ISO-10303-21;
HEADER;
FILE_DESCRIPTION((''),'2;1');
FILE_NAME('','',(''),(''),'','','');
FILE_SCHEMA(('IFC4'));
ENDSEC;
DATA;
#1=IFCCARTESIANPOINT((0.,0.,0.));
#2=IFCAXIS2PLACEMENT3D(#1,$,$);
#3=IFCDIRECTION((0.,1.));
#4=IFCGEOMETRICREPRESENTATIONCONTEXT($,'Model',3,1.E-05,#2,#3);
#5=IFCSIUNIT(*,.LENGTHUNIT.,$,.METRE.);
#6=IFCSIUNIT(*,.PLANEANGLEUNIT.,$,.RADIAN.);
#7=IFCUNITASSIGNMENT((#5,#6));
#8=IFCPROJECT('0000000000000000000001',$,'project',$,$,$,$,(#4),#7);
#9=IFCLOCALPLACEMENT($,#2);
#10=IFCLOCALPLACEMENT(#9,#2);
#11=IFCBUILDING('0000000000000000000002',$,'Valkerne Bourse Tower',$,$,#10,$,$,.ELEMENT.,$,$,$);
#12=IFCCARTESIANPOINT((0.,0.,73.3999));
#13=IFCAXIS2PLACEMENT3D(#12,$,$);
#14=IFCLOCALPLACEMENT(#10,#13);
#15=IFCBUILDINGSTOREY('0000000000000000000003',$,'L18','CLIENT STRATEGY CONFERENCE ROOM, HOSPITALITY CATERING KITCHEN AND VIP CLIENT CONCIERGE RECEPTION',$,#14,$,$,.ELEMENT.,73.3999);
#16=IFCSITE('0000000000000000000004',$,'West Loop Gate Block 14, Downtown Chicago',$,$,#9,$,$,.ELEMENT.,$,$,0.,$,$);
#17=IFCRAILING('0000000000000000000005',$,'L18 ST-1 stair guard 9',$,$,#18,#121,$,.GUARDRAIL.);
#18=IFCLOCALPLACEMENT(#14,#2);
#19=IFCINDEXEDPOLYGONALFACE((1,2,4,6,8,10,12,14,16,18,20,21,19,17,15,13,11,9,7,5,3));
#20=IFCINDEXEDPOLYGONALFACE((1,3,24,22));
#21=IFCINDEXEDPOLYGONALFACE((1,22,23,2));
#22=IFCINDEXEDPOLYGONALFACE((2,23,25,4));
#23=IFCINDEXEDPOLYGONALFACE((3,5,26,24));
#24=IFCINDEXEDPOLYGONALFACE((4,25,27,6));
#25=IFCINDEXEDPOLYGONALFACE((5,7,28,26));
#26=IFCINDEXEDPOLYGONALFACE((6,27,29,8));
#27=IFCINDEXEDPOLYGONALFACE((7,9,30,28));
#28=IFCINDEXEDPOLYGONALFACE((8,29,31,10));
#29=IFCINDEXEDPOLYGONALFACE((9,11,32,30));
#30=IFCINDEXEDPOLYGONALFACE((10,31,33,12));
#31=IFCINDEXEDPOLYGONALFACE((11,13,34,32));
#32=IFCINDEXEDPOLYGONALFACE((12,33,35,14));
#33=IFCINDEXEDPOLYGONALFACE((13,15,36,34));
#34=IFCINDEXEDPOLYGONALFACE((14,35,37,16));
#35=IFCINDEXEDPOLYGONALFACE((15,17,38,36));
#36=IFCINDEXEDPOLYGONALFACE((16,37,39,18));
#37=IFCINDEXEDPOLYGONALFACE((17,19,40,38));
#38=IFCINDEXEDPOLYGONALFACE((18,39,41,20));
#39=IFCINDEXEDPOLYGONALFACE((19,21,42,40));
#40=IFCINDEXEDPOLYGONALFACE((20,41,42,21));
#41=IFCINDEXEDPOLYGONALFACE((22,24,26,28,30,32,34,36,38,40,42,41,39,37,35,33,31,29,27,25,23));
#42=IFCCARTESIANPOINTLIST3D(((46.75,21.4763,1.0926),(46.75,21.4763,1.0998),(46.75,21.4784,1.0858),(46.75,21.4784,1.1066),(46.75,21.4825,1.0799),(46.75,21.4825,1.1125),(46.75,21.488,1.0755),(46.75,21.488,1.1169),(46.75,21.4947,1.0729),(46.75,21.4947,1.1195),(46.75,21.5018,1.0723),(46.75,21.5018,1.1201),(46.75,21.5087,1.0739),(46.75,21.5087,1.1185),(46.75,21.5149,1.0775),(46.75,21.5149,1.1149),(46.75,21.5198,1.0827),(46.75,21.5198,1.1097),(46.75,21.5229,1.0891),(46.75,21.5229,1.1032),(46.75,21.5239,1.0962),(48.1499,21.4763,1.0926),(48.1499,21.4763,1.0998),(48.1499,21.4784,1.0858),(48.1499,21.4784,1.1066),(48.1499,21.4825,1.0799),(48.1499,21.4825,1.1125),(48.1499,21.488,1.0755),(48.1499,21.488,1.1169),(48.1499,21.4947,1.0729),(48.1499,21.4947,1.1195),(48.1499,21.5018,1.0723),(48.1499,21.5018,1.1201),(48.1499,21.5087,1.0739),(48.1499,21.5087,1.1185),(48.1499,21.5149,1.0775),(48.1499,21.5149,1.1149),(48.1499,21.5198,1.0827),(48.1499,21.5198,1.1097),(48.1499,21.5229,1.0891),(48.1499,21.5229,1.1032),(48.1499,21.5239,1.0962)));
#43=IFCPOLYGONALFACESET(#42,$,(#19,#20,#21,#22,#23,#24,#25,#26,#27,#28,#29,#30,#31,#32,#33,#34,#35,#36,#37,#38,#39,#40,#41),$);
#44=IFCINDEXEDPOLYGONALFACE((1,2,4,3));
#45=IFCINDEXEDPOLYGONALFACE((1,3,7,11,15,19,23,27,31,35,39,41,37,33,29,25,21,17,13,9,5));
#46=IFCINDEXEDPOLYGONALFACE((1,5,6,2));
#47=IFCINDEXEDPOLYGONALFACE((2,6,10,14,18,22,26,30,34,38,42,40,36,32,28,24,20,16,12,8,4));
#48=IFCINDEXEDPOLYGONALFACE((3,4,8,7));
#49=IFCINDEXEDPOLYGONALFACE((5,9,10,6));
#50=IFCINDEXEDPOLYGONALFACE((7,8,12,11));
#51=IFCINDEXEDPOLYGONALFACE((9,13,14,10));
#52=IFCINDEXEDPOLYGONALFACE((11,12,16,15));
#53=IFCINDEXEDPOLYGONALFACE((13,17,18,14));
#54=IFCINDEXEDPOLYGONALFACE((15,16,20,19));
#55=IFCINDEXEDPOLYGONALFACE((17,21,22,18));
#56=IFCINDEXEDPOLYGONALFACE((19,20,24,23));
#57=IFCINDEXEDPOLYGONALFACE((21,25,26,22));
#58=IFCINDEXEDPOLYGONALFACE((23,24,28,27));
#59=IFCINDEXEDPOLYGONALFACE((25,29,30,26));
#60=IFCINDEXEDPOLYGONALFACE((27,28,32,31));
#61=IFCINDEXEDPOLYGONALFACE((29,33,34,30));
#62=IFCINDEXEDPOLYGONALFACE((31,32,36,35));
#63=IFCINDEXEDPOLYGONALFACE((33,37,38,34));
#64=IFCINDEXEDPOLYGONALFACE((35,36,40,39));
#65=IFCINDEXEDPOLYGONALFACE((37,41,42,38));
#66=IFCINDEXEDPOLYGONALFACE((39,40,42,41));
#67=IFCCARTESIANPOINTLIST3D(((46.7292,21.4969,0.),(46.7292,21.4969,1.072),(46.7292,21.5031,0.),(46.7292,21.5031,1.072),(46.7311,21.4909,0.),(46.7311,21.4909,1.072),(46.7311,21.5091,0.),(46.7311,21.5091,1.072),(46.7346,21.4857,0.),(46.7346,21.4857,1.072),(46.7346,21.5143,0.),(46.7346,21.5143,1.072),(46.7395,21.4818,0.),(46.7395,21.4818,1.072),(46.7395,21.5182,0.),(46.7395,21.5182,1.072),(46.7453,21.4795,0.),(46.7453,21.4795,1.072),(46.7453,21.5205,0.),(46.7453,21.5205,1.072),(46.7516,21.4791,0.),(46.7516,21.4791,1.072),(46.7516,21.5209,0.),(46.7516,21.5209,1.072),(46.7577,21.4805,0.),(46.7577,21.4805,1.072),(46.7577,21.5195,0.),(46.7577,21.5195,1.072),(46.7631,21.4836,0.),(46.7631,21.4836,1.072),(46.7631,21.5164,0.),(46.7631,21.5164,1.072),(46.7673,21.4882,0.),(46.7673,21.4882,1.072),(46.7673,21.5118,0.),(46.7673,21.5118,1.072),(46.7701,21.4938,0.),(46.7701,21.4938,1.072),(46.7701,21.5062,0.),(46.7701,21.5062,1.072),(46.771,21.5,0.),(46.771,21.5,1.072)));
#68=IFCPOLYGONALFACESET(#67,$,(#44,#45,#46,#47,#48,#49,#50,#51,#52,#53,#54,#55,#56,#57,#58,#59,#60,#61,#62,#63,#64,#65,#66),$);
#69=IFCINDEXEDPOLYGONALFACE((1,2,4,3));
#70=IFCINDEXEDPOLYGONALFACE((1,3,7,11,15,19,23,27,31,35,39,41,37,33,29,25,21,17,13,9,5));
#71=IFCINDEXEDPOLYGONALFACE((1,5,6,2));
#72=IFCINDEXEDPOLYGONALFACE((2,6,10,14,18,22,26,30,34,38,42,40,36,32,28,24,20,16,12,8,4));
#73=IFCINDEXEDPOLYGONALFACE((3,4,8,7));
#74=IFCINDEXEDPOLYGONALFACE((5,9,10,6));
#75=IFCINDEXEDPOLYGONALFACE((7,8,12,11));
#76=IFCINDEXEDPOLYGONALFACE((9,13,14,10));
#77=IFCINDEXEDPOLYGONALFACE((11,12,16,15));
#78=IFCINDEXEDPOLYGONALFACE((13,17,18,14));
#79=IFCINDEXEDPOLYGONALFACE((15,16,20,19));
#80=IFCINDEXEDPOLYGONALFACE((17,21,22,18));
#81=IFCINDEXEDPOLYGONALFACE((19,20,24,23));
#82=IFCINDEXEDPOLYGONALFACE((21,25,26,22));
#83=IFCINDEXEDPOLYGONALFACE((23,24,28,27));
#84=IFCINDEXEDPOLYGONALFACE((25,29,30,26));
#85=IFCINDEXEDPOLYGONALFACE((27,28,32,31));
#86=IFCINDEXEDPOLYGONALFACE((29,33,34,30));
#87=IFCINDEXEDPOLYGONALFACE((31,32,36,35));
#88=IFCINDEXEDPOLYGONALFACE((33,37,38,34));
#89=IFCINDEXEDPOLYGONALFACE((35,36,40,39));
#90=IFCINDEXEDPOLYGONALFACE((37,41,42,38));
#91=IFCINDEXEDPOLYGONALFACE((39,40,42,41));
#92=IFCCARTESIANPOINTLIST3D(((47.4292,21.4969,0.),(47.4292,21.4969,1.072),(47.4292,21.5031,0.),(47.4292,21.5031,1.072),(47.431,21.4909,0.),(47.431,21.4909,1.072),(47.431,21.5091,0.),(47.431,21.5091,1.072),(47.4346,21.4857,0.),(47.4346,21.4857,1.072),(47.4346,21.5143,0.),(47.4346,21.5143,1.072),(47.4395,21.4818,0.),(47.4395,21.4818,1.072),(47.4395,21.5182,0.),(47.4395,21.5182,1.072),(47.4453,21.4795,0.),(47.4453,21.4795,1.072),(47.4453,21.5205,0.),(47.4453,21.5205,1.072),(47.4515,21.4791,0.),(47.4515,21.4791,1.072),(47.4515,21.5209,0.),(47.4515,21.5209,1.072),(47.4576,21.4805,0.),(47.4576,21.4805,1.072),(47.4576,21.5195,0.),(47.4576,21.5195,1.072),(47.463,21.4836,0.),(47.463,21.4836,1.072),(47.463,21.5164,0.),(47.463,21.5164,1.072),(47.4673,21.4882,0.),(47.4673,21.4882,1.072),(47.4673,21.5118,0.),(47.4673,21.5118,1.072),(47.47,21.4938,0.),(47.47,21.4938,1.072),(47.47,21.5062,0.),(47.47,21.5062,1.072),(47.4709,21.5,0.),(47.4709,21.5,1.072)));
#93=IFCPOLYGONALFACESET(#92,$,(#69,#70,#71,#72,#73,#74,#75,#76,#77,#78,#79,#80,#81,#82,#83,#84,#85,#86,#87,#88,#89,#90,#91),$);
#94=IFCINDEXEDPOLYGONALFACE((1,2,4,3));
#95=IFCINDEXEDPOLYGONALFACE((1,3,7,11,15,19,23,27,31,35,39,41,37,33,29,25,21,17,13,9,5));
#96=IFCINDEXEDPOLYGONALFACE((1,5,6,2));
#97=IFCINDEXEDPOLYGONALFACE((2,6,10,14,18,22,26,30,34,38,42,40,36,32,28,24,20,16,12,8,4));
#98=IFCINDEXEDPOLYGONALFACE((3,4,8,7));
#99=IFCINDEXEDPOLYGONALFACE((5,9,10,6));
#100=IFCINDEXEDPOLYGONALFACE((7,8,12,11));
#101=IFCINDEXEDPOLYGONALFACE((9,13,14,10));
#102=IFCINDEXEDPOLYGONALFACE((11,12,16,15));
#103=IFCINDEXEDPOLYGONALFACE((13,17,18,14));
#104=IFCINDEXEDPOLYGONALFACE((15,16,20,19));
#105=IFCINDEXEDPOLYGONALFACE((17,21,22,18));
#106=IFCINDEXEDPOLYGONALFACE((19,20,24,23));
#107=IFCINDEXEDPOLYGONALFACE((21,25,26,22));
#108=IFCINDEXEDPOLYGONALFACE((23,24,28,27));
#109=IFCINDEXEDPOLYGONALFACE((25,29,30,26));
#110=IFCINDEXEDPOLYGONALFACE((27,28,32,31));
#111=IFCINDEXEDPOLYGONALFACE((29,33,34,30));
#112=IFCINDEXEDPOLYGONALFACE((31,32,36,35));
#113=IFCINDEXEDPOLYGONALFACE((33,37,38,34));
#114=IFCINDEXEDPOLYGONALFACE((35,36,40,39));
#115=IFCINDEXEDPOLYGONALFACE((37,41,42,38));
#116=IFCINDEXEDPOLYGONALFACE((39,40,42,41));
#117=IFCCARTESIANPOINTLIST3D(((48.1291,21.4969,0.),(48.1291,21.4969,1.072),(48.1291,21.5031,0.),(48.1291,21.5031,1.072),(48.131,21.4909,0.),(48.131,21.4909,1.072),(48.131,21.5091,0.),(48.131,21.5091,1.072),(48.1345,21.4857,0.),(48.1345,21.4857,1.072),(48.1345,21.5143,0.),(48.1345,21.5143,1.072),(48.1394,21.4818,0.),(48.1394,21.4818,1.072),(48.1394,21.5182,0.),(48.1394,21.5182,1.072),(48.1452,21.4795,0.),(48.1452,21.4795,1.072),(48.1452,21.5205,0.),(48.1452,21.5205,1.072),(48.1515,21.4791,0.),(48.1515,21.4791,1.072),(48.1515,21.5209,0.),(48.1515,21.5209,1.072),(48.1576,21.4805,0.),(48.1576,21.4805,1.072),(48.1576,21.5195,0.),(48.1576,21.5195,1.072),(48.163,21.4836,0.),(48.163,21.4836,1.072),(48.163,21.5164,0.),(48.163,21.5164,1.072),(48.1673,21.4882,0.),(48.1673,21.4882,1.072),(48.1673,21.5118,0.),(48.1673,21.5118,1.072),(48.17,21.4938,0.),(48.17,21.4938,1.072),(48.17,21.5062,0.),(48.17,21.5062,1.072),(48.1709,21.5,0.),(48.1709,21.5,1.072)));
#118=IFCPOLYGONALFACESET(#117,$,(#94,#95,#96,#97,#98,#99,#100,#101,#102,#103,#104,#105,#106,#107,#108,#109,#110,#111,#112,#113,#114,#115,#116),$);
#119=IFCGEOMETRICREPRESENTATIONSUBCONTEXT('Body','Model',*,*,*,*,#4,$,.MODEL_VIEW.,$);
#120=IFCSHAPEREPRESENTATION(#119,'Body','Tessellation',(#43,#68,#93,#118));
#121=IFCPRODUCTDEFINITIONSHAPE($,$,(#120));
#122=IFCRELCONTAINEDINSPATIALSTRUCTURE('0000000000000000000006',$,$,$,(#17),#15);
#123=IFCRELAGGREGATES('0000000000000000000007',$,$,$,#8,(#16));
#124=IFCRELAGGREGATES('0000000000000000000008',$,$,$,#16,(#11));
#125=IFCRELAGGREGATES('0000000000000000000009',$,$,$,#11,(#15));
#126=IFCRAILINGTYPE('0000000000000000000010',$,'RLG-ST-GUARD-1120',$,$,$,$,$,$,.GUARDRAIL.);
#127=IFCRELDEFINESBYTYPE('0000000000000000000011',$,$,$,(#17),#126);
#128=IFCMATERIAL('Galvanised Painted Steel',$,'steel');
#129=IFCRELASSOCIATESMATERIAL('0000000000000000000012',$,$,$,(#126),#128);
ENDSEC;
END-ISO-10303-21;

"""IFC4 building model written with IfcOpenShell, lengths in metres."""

from ifc_helpers import new_model, si_unit, direction, frame, origin, origin_2d, place, context, subcontext, project, spatial, circle, extrude, material, type_object, element, save


model = new_model("IFC4")

# Units and contexts
model_context = context("Model", 3, precision=1e-05, world=origin(), true_north=direction((0.0, 1.0)))
body_context = subcontext(model_context, "Body", "Model", "MODEL_VIEW")
ifc_project = project(units=[si_unit("LENGTHUNIT", "METRE"), si_unit("PLANEANGLEUNIT", "RADIAN")], contexts=[model_context])

# Site, building, storey
site_placement = place(None, origin())
site = spatial("IfcSite", under=ifc_project, at=site_placement, Name="West Loop Gate Block 14, Downtown Chicago", CompositionType="ELEMENT", RefElevation=0.0)
building_placement = place(site_placement, origin())
building = spatial("IfcBuilding", under=site, at=building_placement, Name="Valkerne Bourse Tower", CompositionType="ELEMENT")
storey_placement = place(building_placement, frame((0.0, 0.0, 73.3999)))
storey = spatial("IfcBuildingStorey", under=building, at=storey_placement, Name="L18", Description="CLIENT STRATEGY CONFERENCE ROOM, HOSPITALITY CATERING KITCHEN AND VIP CLIENT CONCIERGE RECEPTION", CompositionType="ELEMENT", Elevation=73.3999)

# Shared definitions
ifc_material_1 = material(Name="Galvanised Painted Steel", Category="steel")

# Railing
railing_type_1 = type_object("IfcRailingType", Name="RLG-ST-GUARD-1120", PredefinedType="GUARDRAIL", material=ifc_material_1)
for number, where, name in (
    (1, (46.75, 21.5, 0.0), "L18 ST-1 stair guard 9"),
):
    element("IfcRailing", number, at=place(storey_placement, frame(where)), inside=storey, type_object=railing_type_1, Name=name, PredefinedType="GUARDRAIL", context=body_context, shape_type="SweptSolid", body=[
        extrude(circle(Radius=0.0239, at=origin_2d()), frame((0.0, 0.0, 1.0962), z_axis=(1.0, 0.0, 0.0), x_axis=(0.0, 1.0, 0.0)), (0.0, 0.0, 1.0), 1.3999),
        extrude(circle(Radius=0.021, at=origin_2d()), origin(), (0.0, 0.0, 1.0), 1.072),
        extrude(circle(Radius=0.021, at=origin_2d()), frame((0.7, 0.0, 0.0)), (0.0, 0.0, 1.0), 1.072),
        extrude(circle(Radius=0.021, at=origin_2d()), frame((1.3999, 0.0, 0.0)), (0.0, 0.0, 1.0), 1.072),
    ])

save(model, "model.ifc")
